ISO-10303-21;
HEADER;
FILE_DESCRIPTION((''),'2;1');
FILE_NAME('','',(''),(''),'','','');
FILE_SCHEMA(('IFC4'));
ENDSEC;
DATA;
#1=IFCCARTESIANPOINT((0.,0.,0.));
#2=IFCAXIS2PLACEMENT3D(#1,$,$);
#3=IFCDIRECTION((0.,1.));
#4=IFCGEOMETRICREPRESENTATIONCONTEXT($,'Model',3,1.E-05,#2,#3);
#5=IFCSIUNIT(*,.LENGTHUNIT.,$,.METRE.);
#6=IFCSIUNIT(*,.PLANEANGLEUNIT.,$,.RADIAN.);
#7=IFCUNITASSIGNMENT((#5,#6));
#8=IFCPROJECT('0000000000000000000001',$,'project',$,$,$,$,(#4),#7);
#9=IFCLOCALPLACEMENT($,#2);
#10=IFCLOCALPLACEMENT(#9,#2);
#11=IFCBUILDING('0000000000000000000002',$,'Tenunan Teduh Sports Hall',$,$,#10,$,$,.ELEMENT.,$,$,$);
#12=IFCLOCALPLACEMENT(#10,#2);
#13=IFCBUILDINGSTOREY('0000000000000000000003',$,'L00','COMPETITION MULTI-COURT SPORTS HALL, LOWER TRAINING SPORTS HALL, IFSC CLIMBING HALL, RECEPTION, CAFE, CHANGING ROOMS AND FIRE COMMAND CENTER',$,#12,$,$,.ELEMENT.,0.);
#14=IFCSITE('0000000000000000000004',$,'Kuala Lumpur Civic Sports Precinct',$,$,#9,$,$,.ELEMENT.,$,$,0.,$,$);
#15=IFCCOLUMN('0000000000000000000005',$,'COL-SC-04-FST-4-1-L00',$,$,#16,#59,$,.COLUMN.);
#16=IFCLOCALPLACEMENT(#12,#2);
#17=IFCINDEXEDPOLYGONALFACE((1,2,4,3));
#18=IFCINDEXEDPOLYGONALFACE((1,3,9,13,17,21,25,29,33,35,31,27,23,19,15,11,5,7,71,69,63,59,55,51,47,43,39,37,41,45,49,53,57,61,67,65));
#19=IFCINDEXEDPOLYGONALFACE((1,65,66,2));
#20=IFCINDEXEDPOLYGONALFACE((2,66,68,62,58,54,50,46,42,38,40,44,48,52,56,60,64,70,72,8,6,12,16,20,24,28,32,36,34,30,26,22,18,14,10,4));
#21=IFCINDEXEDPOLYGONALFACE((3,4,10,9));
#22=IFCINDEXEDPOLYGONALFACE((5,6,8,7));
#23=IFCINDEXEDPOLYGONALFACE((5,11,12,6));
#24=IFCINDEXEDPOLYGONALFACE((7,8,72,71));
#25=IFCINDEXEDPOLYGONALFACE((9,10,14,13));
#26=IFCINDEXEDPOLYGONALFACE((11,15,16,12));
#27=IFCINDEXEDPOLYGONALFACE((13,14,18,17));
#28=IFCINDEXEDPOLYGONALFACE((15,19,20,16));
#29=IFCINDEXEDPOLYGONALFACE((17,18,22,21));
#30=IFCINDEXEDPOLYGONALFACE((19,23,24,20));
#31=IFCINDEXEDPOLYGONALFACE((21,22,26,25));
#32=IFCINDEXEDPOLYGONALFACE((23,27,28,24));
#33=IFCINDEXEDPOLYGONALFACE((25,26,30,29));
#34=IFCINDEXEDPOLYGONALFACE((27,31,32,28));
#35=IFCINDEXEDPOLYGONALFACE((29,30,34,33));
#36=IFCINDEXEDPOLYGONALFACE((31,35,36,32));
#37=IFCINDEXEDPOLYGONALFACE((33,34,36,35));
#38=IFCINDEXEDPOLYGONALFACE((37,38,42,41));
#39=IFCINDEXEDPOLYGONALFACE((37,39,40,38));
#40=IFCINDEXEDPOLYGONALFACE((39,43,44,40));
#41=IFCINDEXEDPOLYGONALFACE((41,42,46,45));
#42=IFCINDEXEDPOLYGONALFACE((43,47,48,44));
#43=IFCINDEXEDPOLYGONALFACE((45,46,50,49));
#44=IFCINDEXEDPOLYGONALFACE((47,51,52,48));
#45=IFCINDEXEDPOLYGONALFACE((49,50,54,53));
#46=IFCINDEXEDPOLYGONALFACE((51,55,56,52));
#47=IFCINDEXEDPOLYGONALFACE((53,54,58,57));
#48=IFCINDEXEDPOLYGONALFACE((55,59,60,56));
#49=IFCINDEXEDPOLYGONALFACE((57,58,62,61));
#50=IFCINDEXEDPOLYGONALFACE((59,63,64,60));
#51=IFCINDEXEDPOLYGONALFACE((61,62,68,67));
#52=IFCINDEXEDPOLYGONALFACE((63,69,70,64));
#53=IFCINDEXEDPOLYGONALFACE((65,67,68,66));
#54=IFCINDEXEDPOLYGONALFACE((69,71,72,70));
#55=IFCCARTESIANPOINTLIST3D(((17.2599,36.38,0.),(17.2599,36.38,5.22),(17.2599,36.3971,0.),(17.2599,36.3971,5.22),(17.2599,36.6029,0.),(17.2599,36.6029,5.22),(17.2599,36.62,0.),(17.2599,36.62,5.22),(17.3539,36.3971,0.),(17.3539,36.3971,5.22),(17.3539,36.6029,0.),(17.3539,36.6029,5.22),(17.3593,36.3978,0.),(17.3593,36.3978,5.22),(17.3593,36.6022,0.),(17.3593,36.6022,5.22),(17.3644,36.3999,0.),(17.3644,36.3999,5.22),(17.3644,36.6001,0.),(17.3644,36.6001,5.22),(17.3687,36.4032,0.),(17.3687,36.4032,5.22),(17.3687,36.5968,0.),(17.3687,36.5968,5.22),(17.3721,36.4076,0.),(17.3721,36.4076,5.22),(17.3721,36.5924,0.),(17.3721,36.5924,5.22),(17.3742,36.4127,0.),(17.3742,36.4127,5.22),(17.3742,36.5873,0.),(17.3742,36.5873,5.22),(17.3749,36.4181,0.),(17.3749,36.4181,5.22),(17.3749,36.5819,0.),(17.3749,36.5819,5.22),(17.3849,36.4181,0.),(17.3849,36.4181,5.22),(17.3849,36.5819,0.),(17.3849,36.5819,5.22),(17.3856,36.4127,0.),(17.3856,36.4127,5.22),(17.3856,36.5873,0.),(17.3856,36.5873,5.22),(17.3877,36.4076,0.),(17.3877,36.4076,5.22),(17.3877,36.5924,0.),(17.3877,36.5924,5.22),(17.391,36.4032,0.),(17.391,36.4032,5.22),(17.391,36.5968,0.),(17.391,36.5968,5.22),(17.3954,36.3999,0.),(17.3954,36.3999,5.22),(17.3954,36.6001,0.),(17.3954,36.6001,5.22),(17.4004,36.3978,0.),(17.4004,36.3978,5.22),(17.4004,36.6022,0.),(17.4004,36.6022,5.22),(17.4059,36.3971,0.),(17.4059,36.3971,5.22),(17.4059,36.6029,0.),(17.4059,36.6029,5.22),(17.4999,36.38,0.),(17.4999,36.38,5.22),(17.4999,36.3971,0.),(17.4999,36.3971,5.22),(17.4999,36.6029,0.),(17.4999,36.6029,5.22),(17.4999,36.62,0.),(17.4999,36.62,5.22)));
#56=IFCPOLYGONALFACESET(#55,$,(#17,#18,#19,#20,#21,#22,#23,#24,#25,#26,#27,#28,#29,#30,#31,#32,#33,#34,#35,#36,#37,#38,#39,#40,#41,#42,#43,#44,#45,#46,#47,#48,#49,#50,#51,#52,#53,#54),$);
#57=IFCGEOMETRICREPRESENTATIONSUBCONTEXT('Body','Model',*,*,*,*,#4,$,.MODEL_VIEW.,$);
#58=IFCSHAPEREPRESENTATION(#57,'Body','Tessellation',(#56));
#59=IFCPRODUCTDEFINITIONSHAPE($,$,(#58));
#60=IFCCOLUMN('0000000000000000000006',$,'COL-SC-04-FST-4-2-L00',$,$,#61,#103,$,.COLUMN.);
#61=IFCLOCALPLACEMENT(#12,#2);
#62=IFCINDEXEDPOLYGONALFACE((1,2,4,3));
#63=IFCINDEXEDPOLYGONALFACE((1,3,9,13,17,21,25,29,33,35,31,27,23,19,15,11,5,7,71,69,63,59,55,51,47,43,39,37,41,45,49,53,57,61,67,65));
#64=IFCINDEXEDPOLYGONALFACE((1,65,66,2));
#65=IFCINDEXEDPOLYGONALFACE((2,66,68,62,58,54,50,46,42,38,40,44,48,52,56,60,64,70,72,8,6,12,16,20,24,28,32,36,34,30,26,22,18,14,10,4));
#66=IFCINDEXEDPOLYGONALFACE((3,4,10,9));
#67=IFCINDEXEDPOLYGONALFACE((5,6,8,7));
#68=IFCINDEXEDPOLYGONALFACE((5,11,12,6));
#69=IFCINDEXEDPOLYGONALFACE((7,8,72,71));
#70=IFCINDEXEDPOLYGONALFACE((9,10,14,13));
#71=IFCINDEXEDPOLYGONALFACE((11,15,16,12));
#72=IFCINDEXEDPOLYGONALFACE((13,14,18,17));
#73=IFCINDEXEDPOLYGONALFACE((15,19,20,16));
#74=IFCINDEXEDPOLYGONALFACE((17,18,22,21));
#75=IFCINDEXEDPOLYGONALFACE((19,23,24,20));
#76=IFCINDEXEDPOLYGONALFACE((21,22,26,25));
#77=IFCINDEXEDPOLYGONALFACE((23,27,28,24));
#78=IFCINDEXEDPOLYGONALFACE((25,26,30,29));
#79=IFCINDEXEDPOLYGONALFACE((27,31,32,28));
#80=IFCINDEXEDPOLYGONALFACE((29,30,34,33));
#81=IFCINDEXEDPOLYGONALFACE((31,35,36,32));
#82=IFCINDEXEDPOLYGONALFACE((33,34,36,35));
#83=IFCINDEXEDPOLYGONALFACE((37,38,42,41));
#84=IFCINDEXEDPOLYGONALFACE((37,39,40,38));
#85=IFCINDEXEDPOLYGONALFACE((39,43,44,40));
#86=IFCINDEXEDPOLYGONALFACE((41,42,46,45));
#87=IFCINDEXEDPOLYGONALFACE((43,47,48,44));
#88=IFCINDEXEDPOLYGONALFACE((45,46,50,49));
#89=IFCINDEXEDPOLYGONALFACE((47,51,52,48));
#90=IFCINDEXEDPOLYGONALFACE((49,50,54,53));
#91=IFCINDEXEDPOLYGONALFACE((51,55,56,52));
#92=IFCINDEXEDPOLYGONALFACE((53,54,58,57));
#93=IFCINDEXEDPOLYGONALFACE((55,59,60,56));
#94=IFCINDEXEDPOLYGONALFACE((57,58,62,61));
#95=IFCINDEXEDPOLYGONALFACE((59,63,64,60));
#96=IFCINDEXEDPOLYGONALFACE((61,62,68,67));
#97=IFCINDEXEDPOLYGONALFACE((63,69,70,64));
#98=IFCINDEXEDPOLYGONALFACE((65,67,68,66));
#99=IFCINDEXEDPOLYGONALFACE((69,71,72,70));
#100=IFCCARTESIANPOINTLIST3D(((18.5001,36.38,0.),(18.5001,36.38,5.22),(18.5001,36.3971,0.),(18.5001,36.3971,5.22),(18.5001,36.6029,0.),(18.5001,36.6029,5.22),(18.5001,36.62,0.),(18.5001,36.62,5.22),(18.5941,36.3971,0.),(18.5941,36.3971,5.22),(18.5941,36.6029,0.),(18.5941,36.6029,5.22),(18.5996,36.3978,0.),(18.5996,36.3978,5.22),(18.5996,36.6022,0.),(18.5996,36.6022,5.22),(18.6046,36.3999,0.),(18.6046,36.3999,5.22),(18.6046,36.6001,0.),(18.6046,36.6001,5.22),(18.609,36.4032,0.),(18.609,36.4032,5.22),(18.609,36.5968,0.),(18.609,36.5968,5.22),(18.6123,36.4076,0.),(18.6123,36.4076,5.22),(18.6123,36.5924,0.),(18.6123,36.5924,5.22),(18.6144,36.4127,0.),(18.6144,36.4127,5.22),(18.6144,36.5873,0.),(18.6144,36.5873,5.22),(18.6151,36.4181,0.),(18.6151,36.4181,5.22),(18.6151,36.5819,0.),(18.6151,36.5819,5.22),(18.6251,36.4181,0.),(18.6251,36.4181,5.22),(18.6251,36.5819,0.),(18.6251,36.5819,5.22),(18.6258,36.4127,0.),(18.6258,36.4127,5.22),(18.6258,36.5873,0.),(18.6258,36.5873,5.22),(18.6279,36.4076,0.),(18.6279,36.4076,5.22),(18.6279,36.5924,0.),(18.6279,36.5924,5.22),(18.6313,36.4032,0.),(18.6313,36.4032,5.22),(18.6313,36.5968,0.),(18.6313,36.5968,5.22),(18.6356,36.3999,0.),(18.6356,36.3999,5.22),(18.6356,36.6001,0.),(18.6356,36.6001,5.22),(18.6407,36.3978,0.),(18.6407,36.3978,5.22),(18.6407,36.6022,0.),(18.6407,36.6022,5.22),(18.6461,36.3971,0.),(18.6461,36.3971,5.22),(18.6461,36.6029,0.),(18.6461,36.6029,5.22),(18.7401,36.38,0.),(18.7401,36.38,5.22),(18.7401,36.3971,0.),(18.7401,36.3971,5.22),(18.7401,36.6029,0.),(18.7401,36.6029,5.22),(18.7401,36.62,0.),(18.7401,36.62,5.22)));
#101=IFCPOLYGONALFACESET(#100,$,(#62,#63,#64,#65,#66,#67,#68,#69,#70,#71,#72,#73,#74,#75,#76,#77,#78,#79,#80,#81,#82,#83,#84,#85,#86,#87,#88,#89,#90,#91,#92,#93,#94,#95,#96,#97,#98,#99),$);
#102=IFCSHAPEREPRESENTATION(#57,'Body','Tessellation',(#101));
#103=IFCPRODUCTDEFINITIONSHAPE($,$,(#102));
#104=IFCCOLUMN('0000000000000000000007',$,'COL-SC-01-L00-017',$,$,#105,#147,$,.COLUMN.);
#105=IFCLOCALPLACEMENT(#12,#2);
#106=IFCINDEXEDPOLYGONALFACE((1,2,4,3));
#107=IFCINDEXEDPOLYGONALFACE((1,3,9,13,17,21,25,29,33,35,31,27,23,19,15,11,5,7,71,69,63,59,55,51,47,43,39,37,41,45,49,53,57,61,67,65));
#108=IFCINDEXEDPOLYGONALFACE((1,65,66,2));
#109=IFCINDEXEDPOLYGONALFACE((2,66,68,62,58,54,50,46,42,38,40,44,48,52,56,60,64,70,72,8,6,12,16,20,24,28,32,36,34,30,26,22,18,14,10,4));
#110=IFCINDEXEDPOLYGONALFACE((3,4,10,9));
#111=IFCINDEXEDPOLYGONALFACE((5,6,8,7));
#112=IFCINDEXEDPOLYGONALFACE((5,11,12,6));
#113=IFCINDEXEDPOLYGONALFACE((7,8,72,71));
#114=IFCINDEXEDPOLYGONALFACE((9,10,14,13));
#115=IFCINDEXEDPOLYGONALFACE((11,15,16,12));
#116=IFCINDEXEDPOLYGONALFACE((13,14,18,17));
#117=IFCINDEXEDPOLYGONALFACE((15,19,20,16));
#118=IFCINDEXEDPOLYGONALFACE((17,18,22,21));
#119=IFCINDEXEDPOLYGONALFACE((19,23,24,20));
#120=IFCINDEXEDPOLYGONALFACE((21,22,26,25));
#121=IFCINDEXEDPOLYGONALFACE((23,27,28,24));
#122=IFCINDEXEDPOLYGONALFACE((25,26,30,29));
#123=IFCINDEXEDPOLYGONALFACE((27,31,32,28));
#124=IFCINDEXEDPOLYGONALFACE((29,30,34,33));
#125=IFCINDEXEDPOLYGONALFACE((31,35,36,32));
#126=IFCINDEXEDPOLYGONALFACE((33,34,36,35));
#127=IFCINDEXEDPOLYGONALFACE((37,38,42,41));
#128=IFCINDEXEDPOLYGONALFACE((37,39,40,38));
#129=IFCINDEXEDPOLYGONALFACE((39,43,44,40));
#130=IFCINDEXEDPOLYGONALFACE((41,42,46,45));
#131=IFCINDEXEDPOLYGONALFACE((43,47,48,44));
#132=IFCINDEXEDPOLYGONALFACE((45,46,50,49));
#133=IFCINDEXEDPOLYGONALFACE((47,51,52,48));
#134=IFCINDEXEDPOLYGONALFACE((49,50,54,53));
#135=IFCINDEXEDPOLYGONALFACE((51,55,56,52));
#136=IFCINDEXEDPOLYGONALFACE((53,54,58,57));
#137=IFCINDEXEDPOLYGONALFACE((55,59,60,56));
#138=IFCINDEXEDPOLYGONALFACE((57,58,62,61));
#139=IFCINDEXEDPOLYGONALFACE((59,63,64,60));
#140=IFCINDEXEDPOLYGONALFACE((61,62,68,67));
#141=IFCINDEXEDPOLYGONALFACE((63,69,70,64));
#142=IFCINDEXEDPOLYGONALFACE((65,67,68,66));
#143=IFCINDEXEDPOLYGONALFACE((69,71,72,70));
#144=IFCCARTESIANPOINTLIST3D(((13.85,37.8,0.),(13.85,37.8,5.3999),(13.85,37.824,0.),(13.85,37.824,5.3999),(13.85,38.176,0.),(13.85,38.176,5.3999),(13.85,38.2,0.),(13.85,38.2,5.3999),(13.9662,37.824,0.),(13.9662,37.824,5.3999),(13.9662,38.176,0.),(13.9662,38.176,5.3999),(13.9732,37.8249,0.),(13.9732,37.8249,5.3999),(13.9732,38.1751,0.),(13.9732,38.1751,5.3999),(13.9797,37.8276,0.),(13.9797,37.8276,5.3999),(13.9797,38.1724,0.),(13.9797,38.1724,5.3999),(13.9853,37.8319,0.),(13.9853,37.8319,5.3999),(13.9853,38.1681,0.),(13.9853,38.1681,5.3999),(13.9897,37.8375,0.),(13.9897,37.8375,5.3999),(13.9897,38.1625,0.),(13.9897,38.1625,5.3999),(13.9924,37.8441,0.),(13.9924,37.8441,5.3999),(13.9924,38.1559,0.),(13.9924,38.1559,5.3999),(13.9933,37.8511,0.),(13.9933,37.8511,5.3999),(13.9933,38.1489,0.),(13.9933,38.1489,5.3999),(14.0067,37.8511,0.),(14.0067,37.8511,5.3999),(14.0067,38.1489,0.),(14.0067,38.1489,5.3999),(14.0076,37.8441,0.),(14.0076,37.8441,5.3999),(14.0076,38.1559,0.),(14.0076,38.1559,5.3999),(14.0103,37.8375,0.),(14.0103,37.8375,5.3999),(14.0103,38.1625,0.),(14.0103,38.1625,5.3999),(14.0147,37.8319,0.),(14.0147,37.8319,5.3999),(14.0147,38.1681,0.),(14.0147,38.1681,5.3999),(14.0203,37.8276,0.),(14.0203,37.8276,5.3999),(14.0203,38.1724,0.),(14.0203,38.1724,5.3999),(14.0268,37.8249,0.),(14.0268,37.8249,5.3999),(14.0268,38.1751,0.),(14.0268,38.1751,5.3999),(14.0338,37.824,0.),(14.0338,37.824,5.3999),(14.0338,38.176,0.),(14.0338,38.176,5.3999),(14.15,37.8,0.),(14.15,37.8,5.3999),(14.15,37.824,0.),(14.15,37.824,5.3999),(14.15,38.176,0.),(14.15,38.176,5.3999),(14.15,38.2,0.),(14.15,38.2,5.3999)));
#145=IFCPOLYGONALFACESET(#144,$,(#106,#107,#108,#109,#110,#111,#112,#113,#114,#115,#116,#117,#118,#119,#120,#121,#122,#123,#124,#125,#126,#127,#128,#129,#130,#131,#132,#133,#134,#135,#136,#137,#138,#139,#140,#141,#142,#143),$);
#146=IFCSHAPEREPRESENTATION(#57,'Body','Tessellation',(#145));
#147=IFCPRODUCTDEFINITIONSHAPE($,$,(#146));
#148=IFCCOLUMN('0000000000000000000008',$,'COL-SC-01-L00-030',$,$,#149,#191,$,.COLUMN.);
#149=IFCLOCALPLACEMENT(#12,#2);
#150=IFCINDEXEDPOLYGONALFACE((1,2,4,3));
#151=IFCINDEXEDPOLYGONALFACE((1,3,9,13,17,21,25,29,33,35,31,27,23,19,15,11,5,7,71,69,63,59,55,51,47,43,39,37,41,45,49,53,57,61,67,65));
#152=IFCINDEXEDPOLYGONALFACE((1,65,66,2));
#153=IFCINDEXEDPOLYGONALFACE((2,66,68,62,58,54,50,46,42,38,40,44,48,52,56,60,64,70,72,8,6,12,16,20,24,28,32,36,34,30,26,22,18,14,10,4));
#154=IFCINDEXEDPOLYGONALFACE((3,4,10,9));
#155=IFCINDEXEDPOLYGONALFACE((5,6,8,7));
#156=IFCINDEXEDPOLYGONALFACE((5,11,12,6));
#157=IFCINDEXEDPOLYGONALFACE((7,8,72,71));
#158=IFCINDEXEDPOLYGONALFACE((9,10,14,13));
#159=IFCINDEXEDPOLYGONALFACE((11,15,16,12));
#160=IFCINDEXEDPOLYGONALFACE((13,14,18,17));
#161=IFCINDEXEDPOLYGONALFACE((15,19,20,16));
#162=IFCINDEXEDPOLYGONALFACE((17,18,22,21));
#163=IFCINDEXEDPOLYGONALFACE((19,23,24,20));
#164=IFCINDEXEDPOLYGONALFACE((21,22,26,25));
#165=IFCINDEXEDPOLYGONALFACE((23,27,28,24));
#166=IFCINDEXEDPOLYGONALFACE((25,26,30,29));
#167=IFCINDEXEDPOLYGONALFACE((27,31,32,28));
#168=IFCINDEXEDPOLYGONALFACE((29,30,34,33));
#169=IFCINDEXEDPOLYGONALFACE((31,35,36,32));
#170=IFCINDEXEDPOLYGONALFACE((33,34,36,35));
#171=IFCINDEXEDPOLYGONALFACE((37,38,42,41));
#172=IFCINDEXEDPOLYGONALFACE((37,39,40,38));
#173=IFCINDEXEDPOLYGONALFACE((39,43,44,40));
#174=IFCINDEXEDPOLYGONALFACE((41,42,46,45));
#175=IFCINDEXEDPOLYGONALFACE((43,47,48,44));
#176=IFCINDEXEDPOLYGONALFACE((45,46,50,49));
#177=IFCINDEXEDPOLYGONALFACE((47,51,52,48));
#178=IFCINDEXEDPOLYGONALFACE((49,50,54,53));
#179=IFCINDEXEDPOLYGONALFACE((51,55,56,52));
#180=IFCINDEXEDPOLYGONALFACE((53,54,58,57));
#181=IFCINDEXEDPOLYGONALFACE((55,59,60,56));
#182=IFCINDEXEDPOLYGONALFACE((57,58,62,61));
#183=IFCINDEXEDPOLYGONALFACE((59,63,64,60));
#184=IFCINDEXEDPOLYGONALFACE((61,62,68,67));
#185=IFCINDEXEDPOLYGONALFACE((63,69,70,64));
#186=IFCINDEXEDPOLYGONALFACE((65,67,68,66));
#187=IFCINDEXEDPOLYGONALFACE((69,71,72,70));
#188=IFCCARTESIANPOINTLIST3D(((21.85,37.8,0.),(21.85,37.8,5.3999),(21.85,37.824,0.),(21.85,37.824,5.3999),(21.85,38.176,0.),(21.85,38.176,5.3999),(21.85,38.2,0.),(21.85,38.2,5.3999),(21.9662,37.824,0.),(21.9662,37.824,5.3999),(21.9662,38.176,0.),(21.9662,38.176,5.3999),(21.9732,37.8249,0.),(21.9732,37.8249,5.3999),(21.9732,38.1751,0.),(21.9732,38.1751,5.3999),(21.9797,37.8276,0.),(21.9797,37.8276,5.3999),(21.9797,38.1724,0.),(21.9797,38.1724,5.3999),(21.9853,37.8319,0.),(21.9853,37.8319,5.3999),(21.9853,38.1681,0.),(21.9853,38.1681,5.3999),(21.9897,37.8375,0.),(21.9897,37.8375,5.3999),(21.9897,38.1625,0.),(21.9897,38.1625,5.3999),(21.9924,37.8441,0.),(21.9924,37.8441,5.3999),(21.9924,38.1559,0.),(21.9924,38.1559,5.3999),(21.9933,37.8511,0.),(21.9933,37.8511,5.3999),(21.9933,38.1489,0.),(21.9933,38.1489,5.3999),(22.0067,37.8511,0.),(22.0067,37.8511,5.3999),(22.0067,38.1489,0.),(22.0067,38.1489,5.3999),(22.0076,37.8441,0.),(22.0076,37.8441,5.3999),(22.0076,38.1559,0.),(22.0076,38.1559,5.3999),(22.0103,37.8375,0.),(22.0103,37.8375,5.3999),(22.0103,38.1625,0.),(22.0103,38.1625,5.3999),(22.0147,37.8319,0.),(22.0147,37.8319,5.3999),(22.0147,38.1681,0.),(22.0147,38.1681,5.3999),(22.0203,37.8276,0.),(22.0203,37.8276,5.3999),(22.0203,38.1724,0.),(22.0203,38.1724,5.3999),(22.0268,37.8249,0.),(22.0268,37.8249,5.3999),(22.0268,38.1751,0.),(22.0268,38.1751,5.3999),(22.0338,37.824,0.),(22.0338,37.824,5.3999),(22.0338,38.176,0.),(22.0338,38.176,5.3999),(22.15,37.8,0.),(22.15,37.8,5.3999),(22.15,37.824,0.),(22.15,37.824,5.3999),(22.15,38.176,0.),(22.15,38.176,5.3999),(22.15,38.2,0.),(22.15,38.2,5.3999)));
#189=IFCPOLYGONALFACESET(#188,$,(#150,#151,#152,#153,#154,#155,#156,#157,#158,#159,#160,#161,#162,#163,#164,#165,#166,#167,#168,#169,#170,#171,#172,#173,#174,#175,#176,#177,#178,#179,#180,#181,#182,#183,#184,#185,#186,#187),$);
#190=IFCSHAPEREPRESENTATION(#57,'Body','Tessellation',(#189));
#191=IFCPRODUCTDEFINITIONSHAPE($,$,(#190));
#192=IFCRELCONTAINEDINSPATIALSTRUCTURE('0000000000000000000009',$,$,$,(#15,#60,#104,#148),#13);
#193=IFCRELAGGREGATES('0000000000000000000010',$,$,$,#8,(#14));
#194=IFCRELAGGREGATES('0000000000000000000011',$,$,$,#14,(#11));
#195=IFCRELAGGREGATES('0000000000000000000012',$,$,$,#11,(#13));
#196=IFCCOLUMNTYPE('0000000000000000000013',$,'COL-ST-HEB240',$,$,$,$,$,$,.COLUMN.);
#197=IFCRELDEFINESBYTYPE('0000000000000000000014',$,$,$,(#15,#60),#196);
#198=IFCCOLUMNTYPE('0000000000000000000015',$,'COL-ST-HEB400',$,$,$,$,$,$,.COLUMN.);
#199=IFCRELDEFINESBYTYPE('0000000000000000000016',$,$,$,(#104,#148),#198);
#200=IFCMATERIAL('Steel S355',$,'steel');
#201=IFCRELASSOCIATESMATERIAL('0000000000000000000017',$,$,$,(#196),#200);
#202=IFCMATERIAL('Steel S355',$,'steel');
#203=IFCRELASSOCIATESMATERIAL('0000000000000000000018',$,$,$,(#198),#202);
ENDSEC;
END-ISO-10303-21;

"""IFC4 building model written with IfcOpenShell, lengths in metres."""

from ifc_helpers import new_model, si_unit, direction, frame, origin, origin_2d, place, context, subcontext, project, spatial, i_section, extrude, material, material_profile, profile_set, type_object, element, save


model = new_model("IFC4")

# Units and contexts
model_context = context("Model", 3, precision=1e-05, world=origin(), true_north=direction((0.0, 1.0)))
body_context = subcontext(model_context, "Body", "Model", "MODEL_VIEW")
ifc_project = project(units=[si_unit("LENGTHUNIT", "METRE"), si_unit("PLANEANGLEUNIT", "RADIAN")], contexts=[model_context])

# Site, building, storey
site_placement = place(None, origin())
site = spatial("IfcSite", under=ifc_project, at=site_placement, Name="Kuala Lumpur Civic Sports Precinct", CompositionType="ELEMENT", RefElevation=0.0)
building_placement = place(site_placement, origin())
building = spatial("IfcBuilding", under=site, at=building_placement, Name="Tenunan Teduh Sports Hall", CompositionType="ELEMENT")
storey_placement = place(building_placement, origin())
storey = spatial("IfcBuildingStorey", under=building, at=storey_placement, Name="L00", Description="COMPETITION MULTI-COURT SPORTS HALL, LOWER TRAINING SPORTS HALL, IFSC CLIMBING HALL, RECEPTION, CAFE, CHANGING ROOMS AND FIRE COMMAND CENTER", CompositionType="ELEMENT", Elevation=0.0)

# Columns
ifc_material_1 = material(Name="Steel S355", Category="steel")
ifc_material_profile_1 = material_profile(ifc_material_1, i_section(OverallWidth=0.24, OverallDepth=0.24, WebThickness=0.01, FlangeThickness=0.0171, FilletRadius=0.021, at=origin_2d()), Name="HEB 240")
ifc_profile_set_1 = profile_set([ifc_material_profile_1], Name="Steel S355")
column_type_1 = type_object("IfcColumnType", Name="COL-ST-HEB240", PredefinedType="COLUMN", material=ifc_profile_set_1)
for number, where, z_axis, x_axis, name in (
    (1, (17.3799, 36.5, 0.0), (0.0, 0.0, 1.0), (1.0, 0.0, 0.0), "COL-SC-04-FST-4-1-L00"),
    (2, (18.6201, 36.5, 0.0), (0.0, 0.0, 1.0), (1.0, 0.0, 0.0), "COL-SC-04-FST-4-2-L00"),
):
    element("IfcColumn", number, at=place(storey_placement, frame(where, z_axis=z_axis, x_axis=x_axis)), inside=storey, type_object=column_type_1, Name=name, PredefinedType="COLUMN", context=body_context, shape_type="SweptSolid", body=[
        extrude(i_section(OverallWidth=0.24, OverallDepth=0.24, WebThickness=0.01, FlangeThickness=0.0171, FilletRadius=0.021, at=origin_2d()), origin(), (0.0, 0.0, 1.0), 5.22),
    ])
ifc_material_2 = material(Name="Steel S355", Category="steel")
ifc_material_profile_2 = material_profile(ifc_material_2, i_section(OverallWidth=0.3, OverallDepth=0.3999, WebThickness=0.0134, FlangeThickness=0.0239, FilletRadius=0.0271, at=origin_2d()), Name="HEB 400")
ifc_profile_set_2 = profile_set([ifc_material_profile_2], Name="Steel S355")
column_type_2 = type_object("IfcColumnType", Name="COL-ST-HEB400", PredefinedType="COLUMN", material=ifc_profile_set_2)
for number, where, z_axis, x_axis, name in (
    (3, (14.0, 38.0, 0.0), (0.0, 0.0, 1.0), (1.0, 0.0, 0.0), "COL-SC-01-L00-017"),
    (4, (22.0, 38.0, 0.0), (0.0, 0.0, 1.0), (1.0, 0.0, 0.0), "COL-SC-01-L00-030"),
):
    element("IfcColumn", number, at=place(storey_placement, frame(where, z_axis=z_axis, x_axis=x_axis)), inside=storey, type_object=column_type_2, Name=name, PredefinedType="COLUMN", context=body_context, shape_type="SweptSolid", body=[
        extrude(i_section(OverallWidth=0.3, OverallDepth=0.3999, WebThickness=0.0134, FlangeThickness=0.0239, FilletRadius=0.0271, at=origin_2d()), origin(), (0.0, 0.0, 1.0), 5.3999),
    ])

save(model, "model.ifc")
